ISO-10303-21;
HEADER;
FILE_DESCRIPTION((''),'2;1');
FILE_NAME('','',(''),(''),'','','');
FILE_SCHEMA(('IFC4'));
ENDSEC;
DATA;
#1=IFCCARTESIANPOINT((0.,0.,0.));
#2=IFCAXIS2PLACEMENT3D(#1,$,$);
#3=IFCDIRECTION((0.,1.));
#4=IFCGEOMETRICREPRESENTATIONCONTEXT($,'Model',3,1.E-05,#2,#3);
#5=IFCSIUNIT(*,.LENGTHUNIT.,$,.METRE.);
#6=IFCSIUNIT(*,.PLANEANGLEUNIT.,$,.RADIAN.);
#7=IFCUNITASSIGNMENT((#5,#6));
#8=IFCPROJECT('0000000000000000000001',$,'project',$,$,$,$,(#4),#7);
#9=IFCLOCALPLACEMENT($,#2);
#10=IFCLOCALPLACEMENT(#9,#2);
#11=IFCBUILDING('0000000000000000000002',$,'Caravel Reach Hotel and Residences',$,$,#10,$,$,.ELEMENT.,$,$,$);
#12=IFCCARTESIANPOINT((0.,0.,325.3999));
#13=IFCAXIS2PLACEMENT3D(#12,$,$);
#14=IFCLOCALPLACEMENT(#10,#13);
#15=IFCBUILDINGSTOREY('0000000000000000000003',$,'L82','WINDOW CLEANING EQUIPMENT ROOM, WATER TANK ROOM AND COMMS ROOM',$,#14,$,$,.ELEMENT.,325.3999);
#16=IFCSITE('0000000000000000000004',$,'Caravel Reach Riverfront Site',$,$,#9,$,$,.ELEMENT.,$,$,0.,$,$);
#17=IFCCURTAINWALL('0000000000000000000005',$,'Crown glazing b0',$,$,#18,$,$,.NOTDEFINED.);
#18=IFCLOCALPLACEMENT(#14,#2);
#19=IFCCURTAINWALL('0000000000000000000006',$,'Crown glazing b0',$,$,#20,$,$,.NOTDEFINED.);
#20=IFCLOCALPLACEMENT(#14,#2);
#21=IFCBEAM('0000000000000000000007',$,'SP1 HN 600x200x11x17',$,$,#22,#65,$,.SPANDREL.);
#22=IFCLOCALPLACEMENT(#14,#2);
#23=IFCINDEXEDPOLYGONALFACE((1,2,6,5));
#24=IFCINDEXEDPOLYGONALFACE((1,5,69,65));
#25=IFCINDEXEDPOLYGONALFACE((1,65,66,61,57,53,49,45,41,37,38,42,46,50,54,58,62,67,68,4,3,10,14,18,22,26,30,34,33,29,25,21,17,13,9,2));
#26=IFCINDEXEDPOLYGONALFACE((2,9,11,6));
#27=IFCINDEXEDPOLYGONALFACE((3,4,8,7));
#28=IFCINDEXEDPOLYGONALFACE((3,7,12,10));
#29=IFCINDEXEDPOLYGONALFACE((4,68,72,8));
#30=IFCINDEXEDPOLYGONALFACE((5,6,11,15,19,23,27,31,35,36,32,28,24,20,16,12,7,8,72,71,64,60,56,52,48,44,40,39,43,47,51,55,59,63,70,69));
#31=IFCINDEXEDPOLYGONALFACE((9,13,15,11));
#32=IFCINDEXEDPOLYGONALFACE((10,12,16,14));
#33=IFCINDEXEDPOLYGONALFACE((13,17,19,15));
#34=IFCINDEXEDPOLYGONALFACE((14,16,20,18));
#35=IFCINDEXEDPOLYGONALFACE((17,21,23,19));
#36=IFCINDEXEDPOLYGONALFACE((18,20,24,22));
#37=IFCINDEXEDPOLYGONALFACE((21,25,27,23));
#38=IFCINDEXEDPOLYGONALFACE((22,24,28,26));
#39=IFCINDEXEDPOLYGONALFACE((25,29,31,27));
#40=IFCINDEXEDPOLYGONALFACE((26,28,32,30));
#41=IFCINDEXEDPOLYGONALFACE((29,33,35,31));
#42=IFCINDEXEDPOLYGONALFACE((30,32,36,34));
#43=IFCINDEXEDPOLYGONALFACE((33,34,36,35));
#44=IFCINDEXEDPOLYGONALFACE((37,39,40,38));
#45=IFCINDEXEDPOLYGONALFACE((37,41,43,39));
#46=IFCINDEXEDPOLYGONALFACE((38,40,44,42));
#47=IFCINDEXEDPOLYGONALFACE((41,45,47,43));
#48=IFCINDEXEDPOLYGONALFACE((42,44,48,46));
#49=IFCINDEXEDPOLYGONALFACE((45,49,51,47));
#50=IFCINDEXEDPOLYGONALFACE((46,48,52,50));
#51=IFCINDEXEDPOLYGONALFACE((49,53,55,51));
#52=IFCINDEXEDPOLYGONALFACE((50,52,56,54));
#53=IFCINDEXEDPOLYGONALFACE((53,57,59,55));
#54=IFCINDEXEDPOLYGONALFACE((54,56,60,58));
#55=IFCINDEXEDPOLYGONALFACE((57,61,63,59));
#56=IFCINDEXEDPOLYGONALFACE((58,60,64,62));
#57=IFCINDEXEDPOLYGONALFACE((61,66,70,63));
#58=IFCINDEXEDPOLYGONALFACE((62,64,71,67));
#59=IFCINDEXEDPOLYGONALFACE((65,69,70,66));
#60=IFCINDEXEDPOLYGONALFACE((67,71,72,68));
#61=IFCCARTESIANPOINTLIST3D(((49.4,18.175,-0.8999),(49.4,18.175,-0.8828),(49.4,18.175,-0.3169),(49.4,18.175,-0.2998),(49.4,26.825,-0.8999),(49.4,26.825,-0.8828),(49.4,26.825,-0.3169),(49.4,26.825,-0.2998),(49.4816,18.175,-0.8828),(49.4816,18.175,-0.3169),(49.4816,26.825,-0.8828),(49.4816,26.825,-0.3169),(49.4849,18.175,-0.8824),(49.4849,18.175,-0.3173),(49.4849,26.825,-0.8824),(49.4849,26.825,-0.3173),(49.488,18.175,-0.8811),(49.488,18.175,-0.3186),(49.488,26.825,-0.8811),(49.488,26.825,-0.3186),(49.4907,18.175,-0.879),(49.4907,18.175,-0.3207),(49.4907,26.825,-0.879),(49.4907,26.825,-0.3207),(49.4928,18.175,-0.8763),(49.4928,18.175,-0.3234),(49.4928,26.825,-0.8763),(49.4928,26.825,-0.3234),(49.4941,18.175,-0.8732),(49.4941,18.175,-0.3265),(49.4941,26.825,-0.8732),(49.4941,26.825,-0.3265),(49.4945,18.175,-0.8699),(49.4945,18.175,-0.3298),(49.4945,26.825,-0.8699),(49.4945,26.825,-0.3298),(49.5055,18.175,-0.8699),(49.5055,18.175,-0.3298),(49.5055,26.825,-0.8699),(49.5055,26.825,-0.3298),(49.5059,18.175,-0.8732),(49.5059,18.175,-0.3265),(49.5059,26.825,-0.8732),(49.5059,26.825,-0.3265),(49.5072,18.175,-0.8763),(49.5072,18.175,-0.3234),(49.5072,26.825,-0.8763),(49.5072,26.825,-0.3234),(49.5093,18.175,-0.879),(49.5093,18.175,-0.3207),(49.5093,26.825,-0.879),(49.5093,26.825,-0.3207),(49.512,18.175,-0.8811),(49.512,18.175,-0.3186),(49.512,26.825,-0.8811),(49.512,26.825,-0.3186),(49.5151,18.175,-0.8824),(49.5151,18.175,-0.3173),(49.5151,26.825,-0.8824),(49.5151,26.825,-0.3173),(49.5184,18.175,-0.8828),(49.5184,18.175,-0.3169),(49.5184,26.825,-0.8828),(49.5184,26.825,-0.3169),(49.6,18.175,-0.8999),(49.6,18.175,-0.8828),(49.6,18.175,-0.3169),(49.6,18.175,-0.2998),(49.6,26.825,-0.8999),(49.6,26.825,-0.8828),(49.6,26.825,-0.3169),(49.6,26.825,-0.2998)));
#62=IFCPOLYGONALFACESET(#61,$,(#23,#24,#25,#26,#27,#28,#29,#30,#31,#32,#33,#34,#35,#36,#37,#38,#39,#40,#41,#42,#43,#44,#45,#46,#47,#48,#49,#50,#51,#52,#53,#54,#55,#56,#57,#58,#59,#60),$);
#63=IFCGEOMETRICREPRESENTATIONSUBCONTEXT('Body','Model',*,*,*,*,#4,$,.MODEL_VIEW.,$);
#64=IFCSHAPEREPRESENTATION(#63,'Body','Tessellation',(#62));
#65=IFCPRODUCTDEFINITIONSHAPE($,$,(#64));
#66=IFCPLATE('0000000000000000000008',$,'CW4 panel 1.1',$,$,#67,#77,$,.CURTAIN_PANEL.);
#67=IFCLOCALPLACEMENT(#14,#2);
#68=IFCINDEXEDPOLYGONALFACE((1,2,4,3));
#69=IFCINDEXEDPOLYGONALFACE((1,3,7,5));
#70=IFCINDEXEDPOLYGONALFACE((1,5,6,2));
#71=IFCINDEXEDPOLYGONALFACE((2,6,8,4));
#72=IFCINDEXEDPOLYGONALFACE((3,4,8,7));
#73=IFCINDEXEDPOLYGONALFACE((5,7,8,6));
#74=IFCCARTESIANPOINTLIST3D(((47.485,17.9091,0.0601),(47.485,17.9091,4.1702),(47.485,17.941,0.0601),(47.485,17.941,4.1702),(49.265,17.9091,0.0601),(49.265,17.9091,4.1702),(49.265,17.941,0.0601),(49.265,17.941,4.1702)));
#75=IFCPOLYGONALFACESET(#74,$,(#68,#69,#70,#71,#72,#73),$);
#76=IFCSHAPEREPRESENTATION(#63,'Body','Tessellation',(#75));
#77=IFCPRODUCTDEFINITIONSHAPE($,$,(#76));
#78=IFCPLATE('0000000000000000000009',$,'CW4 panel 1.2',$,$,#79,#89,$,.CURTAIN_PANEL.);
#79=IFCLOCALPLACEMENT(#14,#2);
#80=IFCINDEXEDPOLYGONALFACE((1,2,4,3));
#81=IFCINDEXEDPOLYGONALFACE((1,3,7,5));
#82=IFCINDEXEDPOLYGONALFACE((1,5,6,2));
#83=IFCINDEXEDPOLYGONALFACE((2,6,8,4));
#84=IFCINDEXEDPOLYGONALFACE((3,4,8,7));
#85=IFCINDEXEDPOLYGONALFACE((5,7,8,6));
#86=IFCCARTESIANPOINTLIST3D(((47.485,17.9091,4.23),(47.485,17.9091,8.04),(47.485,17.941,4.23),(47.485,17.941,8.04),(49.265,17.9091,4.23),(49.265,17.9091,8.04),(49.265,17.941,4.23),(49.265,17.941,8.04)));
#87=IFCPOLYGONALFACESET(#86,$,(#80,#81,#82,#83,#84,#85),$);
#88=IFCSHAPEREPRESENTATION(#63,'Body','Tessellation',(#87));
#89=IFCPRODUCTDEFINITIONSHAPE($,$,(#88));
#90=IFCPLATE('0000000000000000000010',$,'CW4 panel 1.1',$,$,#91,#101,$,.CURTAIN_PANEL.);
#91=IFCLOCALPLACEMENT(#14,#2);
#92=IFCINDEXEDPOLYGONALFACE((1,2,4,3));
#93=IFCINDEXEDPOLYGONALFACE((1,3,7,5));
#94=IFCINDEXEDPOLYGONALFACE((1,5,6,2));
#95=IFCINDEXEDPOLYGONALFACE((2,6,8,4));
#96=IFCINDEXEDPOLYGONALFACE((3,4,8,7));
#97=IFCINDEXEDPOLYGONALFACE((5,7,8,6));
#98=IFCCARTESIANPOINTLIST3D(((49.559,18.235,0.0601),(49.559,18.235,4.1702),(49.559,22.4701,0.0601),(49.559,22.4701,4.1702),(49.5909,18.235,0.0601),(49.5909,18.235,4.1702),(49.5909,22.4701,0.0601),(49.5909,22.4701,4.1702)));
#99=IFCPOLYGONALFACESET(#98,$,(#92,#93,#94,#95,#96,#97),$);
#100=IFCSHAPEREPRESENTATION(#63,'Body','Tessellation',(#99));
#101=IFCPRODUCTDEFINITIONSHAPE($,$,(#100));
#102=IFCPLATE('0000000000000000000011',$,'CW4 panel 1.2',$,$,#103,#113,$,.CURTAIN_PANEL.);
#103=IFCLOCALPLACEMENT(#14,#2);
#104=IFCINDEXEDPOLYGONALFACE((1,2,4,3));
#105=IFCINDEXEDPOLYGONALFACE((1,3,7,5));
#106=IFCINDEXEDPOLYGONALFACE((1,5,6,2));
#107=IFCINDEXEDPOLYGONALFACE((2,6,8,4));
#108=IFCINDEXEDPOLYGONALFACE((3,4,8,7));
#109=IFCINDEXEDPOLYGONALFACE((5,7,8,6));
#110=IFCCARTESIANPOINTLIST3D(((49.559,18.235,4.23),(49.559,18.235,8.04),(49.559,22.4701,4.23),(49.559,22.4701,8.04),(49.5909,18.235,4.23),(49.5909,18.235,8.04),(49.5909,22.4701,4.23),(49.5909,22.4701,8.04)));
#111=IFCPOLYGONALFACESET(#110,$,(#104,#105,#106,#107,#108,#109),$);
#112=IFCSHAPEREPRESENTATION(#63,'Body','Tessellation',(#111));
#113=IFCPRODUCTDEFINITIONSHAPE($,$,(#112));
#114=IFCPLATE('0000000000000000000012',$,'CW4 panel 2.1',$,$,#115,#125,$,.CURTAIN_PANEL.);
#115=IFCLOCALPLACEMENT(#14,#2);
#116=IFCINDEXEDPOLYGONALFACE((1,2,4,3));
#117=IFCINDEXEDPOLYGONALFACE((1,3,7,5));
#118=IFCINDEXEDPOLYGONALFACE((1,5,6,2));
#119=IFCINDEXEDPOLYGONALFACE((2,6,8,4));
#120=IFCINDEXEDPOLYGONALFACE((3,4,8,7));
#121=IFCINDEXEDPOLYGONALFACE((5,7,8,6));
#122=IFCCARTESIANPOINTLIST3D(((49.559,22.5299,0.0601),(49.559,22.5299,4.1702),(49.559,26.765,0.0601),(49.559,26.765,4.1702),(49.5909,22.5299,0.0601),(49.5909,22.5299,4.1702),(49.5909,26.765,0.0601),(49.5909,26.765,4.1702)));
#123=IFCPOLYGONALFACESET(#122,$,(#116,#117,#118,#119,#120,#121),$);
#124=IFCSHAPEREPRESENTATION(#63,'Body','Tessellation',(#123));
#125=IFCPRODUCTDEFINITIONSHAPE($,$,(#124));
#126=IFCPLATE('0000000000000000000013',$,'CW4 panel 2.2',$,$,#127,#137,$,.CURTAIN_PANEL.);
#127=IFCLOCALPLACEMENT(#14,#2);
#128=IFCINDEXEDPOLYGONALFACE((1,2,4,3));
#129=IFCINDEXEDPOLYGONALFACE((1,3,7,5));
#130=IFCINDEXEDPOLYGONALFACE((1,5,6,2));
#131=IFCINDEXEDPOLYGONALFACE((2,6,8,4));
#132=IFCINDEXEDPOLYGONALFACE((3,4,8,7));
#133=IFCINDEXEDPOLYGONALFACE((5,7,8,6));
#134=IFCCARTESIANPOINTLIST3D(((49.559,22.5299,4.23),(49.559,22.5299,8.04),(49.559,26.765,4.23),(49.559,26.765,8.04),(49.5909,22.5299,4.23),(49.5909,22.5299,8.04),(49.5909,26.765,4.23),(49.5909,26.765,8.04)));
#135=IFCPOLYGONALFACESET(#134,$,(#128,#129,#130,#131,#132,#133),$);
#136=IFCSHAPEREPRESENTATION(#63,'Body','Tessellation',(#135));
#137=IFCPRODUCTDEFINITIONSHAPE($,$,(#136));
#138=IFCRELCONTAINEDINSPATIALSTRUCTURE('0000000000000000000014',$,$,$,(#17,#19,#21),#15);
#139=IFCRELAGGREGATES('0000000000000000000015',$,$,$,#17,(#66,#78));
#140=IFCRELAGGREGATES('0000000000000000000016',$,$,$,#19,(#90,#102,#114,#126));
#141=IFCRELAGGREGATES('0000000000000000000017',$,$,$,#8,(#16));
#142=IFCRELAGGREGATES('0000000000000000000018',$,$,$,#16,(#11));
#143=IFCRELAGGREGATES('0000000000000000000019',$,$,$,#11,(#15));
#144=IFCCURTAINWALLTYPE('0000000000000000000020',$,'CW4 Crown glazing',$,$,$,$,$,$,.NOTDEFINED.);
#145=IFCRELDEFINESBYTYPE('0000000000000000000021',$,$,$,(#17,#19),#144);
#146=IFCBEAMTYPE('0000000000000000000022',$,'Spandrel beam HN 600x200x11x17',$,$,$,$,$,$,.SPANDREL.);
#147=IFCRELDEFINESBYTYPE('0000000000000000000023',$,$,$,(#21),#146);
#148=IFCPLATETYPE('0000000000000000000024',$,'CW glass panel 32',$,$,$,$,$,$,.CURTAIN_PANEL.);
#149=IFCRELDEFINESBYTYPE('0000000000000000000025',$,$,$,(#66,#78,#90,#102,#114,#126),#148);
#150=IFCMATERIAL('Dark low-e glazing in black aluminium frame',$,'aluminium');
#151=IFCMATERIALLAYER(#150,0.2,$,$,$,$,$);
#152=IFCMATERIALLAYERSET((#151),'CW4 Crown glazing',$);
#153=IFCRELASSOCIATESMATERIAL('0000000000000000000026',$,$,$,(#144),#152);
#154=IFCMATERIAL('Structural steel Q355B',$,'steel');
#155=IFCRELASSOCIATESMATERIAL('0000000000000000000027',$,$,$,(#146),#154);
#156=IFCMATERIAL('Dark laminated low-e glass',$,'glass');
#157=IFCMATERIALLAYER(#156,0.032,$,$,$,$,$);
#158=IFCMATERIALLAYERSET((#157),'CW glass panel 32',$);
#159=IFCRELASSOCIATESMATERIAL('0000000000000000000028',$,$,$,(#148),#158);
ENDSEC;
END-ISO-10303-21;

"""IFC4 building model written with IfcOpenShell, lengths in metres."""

from ifc_helpers import new_model, si_unit, direction, frame, origin, origin_2d, place, context, subcontext, project, spatial, rectangle, i_section, extrude, material, layer, layer_set, material_profile, profile_set, type_object, element, aggregate, save


model = new_model("IFC4")

# Units and contexts
model_context = context("Model", 3, precision=1e-05, world=origin(), true_north=direction((0.0, 1.0)))
body_context = subcontext(model_context, "Body", "Model", "MODEL_VIEW")
ifc_project = project(units=[si_unit("LENGTHUNIT", "METRE"), si_unit("PLANEANGLEUNIT", "RADIAN")], contexts=[model_context])

# Site, building, storey
site_placement = place(None, origin())
site = spatial("IfcSite", under=ifc_project, at=site_placement, Name="Caravel Reach Riverfront Site", CompositionType="ELEMENT", RefElevation=0.0)
building_placement = place(site_placement, origin())
building = spatial("IfcBuilding", under=site, at=building_placement, Name="Caravel Reach Hotel and Residences", CompositionType="ELEMENT")
storey_placement = place(building_placement, frame((0.0, 0.0, 325.3999)))
storey = spatial("IfcBuildingStorey", under=building, at=storey_placement, Name="L82", Description="WINDOW CLEANING EQUIPMENT ROOM, WATER TANK ROOM AND COMMS ROOM", CompositionType="ELEMENT", Elevation=325.3999)

# Curtain wall
ifc_material_1 = material(Name="Dark low-e glazing in black aluminium frame", Category="aluminium")
ifc_layer_1 = layer(ifc_material_1, 0.2)
ifc_layer_set_1 = layer_set([ifc_layer_1], Name="CW4 Crown glazing")
curtain_wall_type = type_object("IfcCurtainWallType", Name="CW4 Crown glazing", PredefinedType="NOTDEFINED", material=ifc_layer_set_1)
curtain_wall_1_placement = place(storey_placement, origin())
curtain_wall_1 = element("IfcCurtainWall", 1, at=curtain_wall_1_placement, inside=storey, type_object=curtain_wall_type, Name="Crown glazing b0", PredefinedType="NOTDEFINED")

# Curtain wall
curtain_wall_2_placement = place(storey_placement, origin())
curtain_wall_2 = element("IfcCurtainWall", 2, at=curtain_wall_2_placement, inside=storey, type_object=curtain_wall_type, Name="Crown glazing b0", PredefinedType="NOTDEFINED")

# Beam
ifc_material_2 = material(Name="Structural steel Q355B", Category="steel")
ifc_material_profile_1 = material_profile(ifc_material_2, i_section(OverallWidth=0.2, OverallDepth=0.6001, WebThickness=0.011, FlangeThickness=0.0171, FilletRadius=0.0129, at=origin_2d()), Name="HN 600x200x11x17")
ifc_profile_set_1 = profile_set([ifc_material_profile_1], Name="Structural steel Q355B")
beam_type = type_object("IfcBeamType", Name="Spandrel beam HN 600x200x11x17", PredefinedType="SPANDREL", material=ifc_profile_set_1)
beam_placement = place(storey_placement, frame((49.5, 18.175, -0.5999), z_axis=(0.0, 1.0, 0.0), x_axis=(-1.0, 0.0, 0.0)))
element("IfcBeam", 3, at=beam_placement, inside=storey, type_object=beam_type, Name="SP1 HN 600x200x11x17", PredefinedType="SPANDREL", context=body_context, shape_type="SweptSolid", body=[
    extrude(i_section(OverallWidth=0.2, OverallDepth=0.6001, WebThickness=0.011, FlangeThickness=0.0171, FilletRadius=0.0129, at=origin_2d()), origin(), (0.0, 0.0, 1.0), 8.6499),
])

# Plates
ifc_material_3 = material(Name="Dark laminated low-e glass", Category="glass")
ifc_layer_2 = layer(ifc_material_3, 0.032)
ifc_layer_set_2 = layer_set([ifc_layer_2], Name="CW glass panel 32")
plate_type = type_object("IfcPlateType", Name="CW glass panel 32", PredefinedType="CURTAIN_PANEL", material=ifc_layer_set_2)
plate_1_placement = place(storey_placement, frame((48.375, 17.925, 0.0601), z_axis=(0.0, 0.0, 1.0), x_axis=(1.0, 0.0, 0.0)))
plate_1 = element("IfcPlate", 4, at=plate_1_placement, type_object=plate_type, Name="CW4 panel 1.1", PredefinedType="CURTAIN_PANEL", context=body_context, shape_type="SweptSolid", body=[
    extrude(rectangle(XDim=1.78, YDim=0.032, at=origin_2d()), origin(), (0.0, 0.0, 1.0), 4.1101),
])
plate_2_placement = place(storey_placement, frame((48.375, 17.925, 4.23), z_axis=(0.0, 0.0, 1.0), x_axis=(1.0, 0.0, 0.0)))
plate_2 = element("IfcPlate", 5, at=plate_2_placement, type_object=plate_type, Name="CW4 panel 1.2", PredefinedType="CURTAIN_PANEL", context=body_context, shape_type="SweptSolid", body=[
    extrude(rectangle(XDim=1.78, YDim=0.032, at=origin_2d()), origin(), (0.0, 0.0, 1.0), 3.8101),
])
aggregate(curtain_wall_1, [plate_1, plate_2])
plate_3_placement = place(storey_placement, frame((49.575, 20.3525, 0.0601), z_axis=(0.0, 0.0, 1.0), x_axis=(0.0, 1.0, 0.0)))
plate_3 = element("IfcPlate", 6, at=plate_3_placement, type_object=plate_type, Name="CW4 panel 1.1", PredefinedType="CURTAIN_PANEL", context=body_context, shape_type="SweptSolid", body=[
    extrude(rectangle(XDim=4.2351, YDim=0.032, at=origin_2d()), origin(), (0.0, 0.0, 1.0), 4.1101),
])
plate_4_placement = place(storey_placement, frame((49.575, 20.3525, 4.23), z_axis=(0.0, 0.0, 1.0), x_axis=(0.0, 1.0, 0.0)))
plate_4 = element("IfcPlate", 7, at=plate_4_placement, type_object=plate_type, Name="CW4 panel 1.2", PredefinedType="CURTAIN_PANEL", context=body_context, shape_type="SweptSolid", body=[
    extrude(rectangle(XDim=4.2351, YDim=0.032, at=origin_2d()), origin(), (0.0, 0.0, 1.0), 3.8101),
])
plate_5_placement = place(storey_placement, frame((49.575, 24.6475, 0.0601), z_axis=(0.0, 0.0, 1.0), x_axis=(0.0, 1.0, 0.0)))
plate_5 = element("IfcPlate", 8, at=plate_5_placement, type_object=plate_type, Name="CW4 panel 2.1", PredefinedType="CURTAIN_PANEL", context=body_context, shape_type="SweptSolid", body=[
    extrude(rectangle(XDim=4.2351, YDim=0.032, at=origin_2d()), origin(), (0.0, 0.0, 1.0), 4.1101),
])
plate_6_placement = place(storey_placement, frame((49.575, 24.6475, 4.23), z_axis=(0.0, 0.0, 1.0), x_axis=(0.0, 1.0, 0.0)))
plate_6 = element("IfcPlate", 9, at=plate_6_placement, type_object=plate_type, Name="CW4 panel 2.2", PredefinedType="CURTAIN_PANEL", context=body_context, shape_type="SweptSolid", body=[
    extrude(rectangle(XDim=4.2351, YDim=0.032, at=origin_2d()), origin(), (0.0, 0.0, 1.0), 3.8101),
])
aggregate(curtain_wall_2, [plate_3, plate_4, plate_5, plate_6])

save(model, "model.ifc")
